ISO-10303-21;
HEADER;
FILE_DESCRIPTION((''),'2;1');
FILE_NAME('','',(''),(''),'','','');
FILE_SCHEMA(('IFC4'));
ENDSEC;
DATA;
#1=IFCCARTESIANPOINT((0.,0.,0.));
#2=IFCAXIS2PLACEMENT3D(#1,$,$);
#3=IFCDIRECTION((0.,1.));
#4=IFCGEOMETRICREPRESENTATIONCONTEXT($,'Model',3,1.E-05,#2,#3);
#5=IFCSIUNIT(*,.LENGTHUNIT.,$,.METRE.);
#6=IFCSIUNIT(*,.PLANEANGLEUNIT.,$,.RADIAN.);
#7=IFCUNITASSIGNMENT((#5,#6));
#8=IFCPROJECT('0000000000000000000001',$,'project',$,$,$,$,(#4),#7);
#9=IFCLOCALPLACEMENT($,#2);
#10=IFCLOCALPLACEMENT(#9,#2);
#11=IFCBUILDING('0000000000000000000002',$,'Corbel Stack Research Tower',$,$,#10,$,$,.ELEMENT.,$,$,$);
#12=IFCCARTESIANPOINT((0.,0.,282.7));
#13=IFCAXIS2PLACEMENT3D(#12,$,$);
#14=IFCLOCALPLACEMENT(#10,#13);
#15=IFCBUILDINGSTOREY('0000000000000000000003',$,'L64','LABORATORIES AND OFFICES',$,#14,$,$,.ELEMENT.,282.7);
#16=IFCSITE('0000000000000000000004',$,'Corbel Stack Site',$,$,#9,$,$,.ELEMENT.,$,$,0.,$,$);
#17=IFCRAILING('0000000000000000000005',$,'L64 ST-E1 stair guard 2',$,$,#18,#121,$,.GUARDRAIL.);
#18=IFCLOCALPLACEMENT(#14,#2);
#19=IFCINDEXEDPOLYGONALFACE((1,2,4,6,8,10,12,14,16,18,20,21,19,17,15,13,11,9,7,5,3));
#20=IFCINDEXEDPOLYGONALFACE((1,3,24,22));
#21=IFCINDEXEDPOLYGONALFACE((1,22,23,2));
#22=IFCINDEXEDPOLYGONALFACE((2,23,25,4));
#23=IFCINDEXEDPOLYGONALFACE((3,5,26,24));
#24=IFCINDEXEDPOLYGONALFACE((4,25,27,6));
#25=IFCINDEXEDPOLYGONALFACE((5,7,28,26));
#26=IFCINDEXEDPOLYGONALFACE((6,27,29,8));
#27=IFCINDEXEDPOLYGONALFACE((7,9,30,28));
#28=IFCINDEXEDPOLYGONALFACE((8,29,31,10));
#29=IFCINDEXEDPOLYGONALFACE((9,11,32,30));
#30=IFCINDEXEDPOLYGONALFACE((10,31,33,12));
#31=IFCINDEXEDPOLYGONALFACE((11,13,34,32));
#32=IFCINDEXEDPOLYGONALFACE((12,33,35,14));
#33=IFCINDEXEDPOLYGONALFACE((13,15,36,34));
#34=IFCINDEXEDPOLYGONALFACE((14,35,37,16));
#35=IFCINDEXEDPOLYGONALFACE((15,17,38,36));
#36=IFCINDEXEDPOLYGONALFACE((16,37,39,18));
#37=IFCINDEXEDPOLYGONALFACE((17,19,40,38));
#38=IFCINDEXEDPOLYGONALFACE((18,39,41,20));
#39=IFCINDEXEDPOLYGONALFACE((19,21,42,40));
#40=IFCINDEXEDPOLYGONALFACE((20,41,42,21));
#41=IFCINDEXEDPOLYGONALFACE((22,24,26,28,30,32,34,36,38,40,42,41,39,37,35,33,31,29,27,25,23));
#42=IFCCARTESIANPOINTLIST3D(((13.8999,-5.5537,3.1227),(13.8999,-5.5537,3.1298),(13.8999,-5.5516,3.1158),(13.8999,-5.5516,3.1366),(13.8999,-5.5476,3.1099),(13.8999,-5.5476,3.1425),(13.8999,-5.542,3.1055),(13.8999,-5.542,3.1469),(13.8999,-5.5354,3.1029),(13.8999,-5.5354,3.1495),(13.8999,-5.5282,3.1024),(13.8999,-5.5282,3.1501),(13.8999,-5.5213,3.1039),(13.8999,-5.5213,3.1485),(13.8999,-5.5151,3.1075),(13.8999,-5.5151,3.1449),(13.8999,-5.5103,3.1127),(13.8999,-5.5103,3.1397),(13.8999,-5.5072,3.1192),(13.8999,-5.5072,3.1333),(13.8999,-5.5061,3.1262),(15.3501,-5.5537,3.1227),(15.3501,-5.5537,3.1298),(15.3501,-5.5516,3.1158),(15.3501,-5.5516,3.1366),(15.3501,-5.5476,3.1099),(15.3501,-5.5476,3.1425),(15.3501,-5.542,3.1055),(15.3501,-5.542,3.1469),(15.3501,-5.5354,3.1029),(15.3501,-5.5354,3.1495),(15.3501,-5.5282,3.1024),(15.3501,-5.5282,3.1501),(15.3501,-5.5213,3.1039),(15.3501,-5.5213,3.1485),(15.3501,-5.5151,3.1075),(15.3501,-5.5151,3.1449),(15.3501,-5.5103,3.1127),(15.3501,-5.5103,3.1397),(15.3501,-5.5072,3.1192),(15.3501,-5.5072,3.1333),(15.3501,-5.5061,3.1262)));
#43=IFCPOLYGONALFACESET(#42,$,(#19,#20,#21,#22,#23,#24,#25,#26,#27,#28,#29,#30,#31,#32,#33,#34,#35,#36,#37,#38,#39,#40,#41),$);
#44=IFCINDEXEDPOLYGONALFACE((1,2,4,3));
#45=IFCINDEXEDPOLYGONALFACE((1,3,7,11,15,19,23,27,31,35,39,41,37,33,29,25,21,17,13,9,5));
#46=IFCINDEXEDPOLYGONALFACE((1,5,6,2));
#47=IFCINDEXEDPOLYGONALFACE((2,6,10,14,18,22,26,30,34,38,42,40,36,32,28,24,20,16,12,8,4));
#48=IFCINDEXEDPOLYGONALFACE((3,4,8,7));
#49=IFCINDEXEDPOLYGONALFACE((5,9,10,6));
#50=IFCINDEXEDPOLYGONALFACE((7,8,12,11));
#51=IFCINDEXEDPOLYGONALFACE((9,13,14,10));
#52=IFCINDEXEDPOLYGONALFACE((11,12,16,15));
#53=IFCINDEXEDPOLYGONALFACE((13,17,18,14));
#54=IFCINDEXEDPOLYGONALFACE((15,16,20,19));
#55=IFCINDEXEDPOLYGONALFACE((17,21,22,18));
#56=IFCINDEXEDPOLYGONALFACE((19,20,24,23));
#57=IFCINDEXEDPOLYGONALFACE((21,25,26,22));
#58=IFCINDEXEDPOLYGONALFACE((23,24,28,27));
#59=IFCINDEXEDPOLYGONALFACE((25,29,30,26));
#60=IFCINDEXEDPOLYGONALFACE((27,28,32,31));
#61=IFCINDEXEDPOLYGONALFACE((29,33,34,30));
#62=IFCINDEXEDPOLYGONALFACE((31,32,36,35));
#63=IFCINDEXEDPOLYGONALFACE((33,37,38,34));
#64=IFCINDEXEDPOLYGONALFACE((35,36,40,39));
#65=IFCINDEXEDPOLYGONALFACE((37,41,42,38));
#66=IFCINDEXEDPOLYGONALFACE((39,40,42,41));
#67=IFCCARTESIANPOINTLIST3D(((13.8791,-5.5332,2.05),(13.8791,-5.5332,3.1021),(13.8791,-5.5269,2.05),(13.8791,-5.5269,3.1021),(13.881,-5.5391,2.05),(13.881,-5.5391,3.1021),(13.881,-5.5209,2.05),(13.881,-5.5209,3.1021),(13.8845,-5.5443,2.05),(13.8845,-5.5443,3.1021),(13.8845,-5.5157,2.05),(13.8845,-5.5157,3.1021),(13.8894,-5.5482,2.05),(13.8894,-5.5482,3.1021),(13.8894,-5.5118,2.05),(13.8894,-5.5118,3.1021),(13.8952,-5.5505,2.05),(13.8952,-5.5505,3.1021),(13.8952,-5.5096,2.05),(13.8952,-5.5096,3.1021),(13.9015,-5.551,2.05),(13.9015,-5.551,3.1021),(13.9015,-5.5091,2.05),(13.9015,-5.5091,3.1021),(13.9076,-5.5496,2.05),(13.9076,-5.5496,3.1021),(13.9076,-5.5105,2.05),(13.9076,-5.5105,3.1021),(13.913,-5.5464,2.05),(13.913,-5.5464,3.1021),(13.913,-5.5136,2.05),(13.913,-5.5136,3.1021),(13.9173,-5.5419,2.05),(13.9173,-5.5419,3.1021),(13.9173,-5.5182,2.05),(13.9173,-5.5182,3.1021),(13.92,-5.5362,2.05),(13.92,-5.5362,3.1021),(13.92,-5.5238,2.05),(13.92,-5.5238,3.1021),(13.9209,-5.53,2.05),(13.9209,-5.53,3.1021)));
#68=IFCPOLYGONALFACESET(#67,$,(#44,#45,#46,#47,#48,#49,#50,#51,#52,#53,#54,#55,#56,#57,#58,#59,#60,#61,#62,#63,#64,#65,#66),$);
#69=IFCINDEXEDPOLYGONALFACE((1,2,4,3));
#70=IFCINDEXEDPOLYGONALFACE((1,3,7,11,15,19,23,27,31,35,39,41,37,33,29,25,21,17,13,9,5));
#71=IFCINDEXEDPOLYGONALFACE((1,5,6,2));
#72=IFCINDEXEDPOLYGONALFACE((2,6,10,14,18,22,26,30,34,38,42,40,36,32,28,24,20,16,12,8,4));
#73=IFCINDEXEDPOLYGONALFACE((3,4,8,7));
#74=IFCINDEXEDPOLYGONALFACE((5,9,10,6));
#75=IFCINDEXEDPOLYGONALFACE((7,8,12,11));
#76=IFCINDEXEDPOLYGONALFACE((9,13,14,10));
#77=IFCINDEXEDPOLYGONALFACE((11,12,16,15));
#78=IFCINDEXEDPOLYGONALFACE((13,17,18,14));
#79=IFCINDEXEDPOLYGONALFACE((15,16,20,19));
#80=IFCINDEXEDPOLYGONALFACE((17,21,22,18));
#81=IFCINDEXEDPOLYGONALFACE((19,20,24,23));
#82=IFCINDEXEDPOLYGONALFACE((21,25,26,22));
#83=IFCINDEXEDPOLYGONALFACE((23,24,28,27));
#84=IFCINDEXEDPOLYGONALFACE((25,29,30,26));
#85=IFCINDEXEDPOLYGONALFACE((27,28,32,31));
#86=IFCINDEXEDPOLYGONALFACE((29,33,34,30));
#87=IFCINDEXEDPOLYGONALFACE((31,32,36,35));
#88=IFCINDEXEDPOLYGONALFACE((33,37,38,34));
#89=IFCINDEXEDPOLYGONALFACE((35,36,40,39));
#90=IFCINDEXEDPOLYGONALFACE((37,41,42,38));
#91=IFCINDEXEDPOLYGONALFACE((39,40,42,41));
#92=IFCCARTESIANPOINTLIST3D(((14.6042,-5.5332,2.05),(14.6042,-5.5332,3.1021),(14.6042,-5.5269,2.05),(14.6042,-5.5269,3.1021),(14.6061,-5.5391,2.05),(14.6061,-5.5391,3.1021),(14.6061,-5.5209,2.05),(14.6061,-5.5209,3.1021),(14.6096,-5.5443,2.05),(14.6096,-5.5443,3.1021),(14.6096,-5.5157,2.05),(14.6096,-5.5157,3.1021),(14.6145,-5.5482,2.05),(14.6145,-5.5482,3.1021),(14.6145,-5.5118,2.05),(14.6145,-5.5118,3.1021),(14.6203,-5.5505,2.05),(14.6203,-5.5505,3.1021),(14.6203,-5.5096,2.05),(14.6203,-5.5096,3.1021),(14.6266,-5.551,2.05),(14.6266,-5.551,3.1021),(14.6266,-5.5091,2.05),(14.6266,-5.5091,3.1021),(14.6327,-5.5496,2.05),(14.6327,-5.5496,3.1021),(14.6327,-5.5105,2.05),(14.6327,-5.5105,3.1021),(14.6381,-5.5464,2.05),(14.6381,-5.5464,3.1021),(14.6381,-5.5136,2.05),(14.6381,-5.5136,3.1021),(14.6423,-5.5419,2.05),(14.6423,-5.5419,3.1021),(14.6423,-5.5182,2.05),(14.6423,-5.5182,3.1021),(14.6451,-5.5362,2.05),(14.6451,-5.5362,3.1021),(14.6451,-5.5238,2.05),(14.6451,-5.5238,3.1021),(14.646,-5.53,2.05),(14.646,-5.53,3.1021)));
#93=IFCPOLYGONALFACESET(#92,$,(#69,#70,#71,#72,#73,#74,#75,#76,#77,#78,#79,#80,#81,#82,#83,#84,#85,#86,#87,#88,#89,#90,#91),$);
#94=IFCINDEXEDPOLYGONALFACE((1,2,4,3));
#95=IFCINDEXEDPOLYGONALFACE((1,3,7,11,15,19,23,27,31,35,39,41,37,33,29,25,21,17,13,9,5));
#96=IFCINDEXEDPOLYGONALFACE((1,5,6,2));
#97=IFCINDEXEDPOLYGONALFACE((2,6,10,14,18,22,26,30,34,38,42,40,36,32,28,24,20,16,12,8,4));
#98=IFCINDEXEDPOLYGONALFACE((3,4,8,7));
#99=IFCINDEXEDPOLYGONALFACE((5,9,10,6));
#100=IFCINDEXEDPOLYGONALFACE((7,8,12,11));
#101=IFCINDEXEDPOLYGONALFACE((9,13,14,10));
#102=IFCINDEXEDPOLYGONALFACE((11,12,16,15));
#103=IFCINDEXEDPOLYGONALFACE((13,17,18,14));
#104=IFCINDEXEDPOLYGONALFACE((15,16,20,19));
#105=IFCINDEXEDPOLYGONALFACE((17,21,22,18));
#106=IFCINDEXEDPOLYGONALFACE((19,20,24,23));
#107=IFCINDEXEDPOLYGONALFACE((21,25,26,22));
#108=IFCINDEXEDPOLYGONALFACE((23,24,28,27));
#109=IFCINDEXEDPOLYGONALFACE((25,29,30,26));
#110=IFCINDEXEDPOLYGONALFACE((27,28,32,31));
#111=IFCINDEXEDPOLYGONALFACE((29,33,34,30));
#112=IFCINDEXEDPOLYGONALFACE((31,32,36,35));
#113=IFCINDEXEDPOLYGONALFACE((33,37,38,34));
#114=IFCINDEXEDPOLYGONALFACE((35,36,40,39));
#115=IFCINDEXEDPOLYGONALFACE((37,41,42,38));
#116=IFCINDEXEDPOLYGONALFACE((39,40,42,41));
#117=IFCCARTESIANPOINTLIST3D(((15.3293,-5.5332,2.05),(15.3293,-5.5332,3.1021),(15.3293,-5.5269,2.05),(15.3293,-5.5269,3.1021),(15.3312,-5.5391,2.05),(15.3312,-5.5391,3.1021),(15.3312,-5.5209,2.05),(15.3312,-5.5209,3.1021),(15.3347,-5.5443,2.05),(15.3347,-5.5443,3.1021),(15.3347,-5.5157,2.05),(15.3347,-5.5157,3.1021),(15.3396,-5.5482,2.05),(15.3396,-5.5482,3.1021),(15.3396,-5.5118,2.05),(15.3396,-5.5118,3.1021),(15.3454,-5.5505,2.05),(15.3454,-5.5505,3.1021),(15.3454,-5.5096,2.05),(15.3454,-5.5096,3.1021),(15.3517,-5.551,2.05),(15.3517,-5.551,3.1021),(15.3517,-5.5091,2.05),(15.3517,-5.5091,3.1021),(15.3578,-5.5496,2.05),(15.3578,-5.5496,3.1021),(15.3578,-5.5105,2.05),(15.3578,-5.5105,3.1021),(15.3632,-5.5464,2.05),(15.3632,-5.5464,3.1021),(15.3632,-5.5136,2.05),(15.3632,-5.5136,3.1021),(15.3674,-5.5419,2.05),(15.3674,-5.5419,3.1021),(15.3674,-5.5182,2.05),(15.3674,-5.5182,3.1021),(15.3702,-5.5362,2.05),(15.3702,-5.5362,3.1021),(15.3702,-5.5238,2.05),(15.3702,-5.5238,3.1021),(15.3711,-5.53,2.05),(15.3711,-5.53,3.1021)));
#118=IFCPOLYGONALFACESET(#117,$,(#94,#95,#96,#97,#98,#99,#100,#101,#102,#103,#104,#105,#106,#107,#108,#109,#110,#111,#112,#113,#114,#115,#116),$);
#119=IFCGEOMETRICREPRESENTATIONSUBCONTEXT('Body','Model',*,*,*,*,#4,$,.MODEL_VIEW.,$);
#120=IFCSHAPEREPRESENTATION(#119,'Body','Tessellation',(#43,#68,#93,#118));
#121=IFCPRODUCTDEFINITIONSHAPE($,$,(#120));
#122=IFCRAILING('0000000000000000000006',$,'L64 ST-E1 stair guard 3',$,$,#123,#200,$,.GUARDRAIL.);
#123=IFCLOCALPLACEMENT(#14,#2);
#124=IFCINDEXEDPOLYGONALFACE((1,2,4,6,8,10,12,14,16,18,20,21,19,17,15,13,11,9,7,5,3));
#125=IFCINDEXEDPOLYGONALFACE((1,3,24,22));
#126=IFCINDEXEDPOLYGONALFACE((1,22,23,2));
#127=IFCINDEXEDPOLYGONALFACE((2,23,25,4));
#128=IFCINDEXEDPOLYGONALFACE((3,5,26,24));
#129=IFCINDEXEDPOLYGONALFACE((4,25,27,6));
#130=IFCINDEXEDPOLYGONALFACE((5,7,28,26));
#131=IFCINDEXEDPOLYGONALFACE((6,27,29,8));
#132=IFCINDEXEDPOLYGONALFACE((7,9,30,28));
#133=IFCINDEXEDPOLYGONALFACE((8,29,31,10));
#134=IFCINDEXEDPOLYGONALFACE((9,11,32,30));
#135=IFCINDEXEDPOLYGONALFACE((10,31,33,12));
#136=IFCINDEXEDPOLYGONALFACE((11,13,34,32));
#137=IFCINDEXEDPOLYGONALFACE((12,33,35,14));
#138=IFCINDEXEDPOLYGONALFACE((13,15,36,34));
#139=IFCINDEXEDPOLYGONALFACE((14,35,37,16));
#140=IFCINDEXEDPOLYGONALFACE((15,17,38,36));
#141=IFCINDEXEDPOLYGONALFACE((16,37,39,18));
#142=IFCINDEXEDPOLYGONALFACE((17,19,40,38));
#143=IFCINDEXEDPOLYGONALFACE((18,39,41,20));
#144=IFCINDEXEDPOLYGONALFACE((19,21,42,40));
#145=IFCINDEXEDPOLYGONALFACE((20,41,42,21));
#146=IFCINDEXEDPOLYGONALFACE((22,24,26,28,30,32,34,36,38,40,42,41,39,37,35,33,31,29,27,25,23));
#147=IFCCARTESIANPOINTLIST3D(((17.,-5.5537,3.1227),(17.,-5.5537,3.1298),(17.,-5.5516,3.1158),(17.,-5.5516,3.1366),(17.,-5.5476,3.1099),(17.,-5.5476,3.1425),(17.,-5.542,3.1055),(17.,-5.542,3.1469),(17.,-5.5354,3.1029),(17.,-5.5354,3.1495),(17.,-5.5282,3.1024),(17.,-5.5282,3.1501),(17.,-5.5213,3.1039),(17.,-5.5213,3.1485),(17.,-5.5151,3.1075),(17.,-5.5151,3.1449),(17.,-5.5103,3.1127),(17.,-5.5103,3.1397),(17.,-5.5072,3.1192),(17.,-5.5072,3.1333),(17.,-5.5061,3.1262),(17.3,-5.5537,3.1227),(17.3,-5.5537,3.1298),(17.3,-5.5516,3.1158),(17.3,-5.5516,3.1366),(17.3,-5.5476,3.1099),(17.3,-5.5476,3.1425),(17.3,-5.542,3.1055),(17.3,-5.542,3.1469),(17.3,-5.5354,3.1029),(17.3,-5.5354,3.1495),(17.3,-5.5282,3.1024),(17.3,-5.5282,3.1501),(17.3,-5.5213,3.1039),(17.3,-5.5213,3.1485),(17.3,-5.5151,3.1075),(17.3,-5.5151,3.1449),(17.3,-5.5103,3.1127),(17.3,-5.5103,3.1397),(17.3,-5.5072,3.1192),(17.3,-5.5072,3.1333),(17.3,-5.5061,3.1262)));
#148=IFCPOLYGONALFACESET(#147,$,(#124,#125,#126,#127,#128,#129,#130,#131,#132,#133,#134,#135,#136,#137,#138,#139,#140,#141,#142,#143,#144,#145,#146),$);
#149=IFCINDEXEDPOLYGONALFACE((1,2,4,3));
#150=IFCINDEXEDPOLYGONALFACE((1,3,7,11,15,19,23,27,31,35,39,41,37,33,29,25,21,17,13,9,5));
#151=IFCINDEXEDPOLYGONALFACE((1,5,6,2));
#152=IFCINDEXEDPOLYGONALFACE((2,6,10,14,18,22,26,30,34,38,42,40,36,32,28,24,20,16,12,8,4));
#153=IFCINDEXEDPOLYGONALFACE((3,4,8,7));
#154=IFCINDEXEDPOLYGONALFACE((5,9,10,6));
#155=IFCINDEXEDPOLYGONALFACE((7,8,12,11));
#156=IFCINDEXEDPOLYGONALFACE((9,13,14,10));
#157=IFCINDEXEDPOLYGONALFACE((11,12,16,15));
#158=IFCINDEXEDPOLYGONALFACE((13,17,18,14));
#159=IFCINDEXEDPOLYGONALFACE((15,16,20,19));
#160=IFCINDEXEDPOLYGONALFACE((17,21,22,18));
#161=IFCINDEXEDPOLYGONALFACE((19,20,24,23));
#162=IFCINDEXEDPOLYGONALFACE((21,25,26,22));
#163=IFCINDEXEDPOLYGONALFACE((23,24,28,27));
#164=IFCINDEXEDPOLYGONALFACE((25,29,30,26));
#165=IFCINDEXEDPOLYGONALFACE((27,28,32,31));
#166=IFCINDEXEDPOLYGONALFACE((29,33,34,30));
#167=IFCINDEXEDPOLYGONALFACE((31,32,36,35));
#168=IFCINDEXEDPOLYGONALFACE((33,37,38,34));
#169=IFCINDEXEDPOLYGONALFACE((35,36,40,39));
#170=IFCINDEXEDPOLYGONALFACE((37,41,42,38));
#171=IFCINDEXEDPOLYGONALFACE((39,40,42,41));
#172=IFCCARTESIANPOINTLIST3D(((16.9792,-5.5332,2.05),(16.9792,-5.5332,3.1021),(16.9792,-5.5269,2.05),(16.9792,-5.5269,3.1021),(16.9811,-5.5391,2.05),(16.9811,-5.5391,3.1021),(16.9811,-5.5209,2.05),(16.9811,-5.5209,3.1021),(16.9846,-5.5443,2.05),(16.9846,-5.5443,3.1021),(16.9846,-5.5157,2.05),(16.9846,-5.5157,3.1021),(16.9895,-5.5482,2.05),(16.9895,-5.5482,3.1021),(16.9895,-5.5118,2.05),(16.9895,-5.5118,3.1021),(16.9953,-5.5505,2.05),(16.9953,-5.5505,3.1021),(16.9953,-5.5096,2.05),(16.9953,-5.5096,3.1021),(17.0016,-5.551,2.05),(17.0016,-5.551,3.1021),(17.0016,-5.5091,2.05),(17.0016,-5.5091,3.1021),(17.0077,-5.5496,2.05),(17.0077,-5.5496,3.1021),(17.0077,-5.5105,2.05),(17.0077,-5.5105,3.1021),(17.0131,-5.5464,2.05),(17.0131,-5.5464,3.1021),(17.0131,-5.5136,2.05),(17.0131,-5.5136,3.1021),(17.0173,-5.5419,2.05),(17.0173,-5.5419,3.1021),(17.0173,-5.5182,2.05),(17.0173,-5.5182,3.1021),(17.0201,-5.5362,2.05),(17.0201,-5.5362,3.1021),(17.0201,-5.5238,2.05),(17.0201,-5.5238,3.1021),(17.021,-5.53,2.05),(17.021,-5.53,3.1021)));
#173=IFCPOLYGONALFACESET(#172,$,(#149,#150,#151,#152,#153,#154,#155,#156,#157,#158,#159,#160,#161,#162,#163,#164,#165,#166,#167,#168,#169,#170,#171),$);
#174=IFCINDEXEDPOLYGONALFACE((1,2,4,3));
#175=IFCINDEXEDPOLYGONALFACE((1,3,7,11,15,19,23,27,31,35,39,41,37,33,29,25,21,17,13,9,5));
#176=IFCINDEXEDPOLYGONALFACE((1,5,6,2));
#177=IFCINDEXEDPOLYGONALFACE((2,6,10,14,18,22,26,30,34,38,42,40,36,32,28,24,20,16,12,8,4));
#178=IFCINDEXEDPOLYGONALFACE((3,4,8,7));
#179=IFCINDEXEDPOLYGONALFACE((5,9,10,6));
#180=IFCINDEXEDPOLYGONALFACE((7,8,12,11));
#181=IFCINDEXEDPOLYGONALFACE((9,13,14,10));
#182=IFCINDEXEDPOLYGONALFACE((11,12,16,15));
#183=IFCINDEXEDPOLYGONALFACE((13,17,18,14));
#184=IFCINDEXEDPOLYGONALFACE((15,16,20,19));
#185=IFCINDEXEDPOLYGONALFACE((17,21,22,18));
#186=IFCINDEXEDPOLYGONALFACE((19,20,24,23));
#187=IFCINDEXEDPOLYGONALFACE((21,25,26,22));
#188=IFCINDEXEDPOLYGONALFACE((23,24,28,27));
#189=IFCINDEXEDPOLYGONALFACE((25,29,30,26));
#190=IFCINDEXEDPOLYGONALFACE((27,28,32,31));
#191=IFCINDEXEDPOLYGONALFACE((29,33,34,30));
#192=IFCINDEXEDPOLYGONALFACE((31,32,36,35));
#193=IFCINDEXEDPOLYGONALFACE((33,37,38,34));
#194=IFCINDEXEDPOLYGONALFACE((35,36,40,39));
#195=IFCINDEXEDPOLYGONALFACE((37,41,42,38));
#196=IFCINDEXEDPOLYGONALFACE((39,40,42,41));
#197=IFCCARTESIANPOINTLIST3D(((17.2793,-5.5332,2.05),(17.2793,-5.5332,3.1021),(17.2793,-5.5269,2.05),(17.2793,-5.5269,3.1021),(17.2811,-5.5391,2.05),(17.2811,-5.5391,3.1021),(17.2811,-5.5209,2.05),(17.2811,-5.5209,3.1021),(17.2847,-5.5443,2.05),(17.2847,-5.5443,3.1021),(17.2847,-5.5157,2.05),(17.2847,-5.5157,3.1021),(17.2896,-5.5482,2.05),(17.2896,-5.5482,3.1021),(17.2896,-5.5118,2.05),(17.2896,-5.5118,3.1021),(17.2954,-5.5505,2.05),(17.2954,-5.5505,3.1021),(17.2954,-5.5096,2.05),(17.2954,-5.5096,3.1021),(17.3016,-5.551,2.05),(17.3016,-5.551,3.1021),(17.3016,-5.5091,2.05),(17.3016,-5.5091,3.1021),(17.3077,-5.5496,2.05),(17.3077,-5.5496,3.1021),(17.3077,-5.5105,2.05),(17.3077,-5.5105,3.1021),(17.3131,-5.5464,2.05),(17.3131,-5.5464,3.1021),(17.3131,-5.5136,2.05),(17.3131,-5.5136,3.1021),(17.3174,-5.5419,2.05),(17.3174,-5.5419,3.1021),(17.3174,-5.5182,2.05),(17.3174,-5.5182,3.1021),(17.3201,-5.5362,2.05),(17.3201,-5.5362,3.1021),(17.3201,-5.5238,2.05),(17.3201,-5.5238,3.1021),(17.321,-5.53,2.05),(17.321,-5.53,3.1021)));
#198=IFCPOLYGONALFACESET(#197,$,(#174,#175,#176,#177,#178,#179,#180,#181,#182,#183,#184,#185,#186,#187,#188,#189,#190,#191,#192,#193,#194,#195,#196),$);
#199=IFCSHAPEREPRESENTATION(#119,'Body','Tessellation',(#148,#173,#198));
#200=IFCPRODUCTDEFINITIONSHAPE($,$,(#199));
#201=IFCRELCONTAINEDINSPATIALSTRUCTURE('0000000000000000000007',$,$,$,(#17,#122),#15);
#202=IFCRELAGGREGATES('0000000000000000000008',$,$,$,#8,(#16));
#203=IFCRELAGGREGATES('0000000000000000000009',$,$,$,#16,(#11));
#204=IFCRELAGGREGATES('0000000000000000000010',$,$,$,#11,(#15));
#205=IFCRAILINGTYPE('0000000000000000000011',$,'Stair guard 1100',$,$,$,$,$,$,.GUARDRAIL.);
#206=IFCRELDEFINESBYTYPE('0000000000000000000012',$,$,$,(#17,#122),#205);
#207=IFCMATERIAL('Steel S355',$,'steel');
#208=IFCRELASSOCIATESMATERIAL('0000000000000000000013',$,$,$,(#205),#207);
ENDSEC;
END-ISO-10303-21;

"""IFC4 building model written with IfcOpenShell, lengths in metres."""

from ifc_helpers import new_model, si_unit, direction, frame, origin, origin_2d, place, context, subcontext, project, spatial, circle, extrude, material, type_object, element, save


model = new_model("IFC4")

# Units and contexts
model_context = context("Model", 3, precision=1e-05, world=origin(), true_north=direction((0.0, 1.0)))
body_context = subcontext(model_context, "Body", "Model", "MODEL_VIEW")
ifc_project = project(units=[si_unit("LENGTHUNIT", "METRE"), si_unit("PLANEANGLEUNIT", "RADIAN")], contexts=[model_context])

# Site, building, storey
site_placement = place(None, origin())
site = spatial("IfcSite", under=ifc_project, at=site_placement, Name="Corbel Stack Site", CompositionType="ELEMENT", RefElevation=0.0)
building_placement = place(site_placement, origin())
building = spatial("IfcBuilding", under=site, at=building_placement, Name="Corbel Stack Research Tower", CompositionType="ELEMENT")
storey_placement = place(building_placement, frame((0.0, 0.0, 282.7)))
storey = spatial("IfcBuildingStorey", under=building, at=storey_placement, Name="L64", Description="LABORATORIES AND OFFICES", CompositionType="ELEMENT", Elevation=282.7)

# Railings
ifc_material_1 = material(Name="Steel S355", Category="steel")
railing_type_1 = type_object("IfcRailingType", Name="Stair guard 1100", PredefinedType="GUARDRAIL", material=ifc_material_1)
railing_1_placement = place(storey_placement, frame((13.8999, -5.53, 2.05)))
element("IfcRailing", 1, at=railing_1_placement, inside=storey, type_object=railing_type_1, Name="L64 ST-E1 stair guard 2", PredefinedType="GUARDRAIL", context=body_context, shape_type="SweptSolid", body=[
    extrude(circle(Radius=0.0239, at=origin_2d()), frame((0.0, 0.0, 1.0762), z_axis=(1.0, 0.0, 0.0), x_axis=(0.0, 1.0, 0.0)), (0.0, 0.0, 1.0), 1.4502),
    extrude(circle(Radius=0.021, at=origin_2d()), origin(), (0.0, 0.0, 1.0), 1.052),
    extrude(circle(Radius=0.021, at=origin_2d()), frame((0.7251, 0.0, 0.0)), (0.0, 0.0, 1.0), 1.052),
    extrude(circle(Radius=0.021, at=origin_2d()), frame((1.4502, 0.0, 0.0)), (0.0, 0.0, 1.0), 1.052),
])
railing_2_placement = place(storey_placement, frame((17.0, -5.53, 2.05)))
element("IfcRailing", 2, at=railing_2_placement, inside=storey, type_object=railing_type_1, Name="L64 ST-E1 stair guard 3", PredefinedType="GUARDRAIL", context=body_context, shape_type="SweptSolid", body=[
    extrude(circle(Radius=0.0239, at=origin_2d()), frame((0.0, 0.0, 1.0762), z_axis=(1.0, 0.0, 0.0), x_axis=(0.0, 1.0, 0.0)), (0.0, 0.0, 1.0), 0.3),
    extrude(circle(Radius=0.021, at=origin_2d()), origin(), (0.0, 0.0, 1.0), 1.052),
    extrude(circle(Radius=0.021, at=origin_2d()), frame((0.3, 0.0, 0.0)), (0.0, 0.0, 1.0), 1.052),
])

save(model, "model.ifc")
